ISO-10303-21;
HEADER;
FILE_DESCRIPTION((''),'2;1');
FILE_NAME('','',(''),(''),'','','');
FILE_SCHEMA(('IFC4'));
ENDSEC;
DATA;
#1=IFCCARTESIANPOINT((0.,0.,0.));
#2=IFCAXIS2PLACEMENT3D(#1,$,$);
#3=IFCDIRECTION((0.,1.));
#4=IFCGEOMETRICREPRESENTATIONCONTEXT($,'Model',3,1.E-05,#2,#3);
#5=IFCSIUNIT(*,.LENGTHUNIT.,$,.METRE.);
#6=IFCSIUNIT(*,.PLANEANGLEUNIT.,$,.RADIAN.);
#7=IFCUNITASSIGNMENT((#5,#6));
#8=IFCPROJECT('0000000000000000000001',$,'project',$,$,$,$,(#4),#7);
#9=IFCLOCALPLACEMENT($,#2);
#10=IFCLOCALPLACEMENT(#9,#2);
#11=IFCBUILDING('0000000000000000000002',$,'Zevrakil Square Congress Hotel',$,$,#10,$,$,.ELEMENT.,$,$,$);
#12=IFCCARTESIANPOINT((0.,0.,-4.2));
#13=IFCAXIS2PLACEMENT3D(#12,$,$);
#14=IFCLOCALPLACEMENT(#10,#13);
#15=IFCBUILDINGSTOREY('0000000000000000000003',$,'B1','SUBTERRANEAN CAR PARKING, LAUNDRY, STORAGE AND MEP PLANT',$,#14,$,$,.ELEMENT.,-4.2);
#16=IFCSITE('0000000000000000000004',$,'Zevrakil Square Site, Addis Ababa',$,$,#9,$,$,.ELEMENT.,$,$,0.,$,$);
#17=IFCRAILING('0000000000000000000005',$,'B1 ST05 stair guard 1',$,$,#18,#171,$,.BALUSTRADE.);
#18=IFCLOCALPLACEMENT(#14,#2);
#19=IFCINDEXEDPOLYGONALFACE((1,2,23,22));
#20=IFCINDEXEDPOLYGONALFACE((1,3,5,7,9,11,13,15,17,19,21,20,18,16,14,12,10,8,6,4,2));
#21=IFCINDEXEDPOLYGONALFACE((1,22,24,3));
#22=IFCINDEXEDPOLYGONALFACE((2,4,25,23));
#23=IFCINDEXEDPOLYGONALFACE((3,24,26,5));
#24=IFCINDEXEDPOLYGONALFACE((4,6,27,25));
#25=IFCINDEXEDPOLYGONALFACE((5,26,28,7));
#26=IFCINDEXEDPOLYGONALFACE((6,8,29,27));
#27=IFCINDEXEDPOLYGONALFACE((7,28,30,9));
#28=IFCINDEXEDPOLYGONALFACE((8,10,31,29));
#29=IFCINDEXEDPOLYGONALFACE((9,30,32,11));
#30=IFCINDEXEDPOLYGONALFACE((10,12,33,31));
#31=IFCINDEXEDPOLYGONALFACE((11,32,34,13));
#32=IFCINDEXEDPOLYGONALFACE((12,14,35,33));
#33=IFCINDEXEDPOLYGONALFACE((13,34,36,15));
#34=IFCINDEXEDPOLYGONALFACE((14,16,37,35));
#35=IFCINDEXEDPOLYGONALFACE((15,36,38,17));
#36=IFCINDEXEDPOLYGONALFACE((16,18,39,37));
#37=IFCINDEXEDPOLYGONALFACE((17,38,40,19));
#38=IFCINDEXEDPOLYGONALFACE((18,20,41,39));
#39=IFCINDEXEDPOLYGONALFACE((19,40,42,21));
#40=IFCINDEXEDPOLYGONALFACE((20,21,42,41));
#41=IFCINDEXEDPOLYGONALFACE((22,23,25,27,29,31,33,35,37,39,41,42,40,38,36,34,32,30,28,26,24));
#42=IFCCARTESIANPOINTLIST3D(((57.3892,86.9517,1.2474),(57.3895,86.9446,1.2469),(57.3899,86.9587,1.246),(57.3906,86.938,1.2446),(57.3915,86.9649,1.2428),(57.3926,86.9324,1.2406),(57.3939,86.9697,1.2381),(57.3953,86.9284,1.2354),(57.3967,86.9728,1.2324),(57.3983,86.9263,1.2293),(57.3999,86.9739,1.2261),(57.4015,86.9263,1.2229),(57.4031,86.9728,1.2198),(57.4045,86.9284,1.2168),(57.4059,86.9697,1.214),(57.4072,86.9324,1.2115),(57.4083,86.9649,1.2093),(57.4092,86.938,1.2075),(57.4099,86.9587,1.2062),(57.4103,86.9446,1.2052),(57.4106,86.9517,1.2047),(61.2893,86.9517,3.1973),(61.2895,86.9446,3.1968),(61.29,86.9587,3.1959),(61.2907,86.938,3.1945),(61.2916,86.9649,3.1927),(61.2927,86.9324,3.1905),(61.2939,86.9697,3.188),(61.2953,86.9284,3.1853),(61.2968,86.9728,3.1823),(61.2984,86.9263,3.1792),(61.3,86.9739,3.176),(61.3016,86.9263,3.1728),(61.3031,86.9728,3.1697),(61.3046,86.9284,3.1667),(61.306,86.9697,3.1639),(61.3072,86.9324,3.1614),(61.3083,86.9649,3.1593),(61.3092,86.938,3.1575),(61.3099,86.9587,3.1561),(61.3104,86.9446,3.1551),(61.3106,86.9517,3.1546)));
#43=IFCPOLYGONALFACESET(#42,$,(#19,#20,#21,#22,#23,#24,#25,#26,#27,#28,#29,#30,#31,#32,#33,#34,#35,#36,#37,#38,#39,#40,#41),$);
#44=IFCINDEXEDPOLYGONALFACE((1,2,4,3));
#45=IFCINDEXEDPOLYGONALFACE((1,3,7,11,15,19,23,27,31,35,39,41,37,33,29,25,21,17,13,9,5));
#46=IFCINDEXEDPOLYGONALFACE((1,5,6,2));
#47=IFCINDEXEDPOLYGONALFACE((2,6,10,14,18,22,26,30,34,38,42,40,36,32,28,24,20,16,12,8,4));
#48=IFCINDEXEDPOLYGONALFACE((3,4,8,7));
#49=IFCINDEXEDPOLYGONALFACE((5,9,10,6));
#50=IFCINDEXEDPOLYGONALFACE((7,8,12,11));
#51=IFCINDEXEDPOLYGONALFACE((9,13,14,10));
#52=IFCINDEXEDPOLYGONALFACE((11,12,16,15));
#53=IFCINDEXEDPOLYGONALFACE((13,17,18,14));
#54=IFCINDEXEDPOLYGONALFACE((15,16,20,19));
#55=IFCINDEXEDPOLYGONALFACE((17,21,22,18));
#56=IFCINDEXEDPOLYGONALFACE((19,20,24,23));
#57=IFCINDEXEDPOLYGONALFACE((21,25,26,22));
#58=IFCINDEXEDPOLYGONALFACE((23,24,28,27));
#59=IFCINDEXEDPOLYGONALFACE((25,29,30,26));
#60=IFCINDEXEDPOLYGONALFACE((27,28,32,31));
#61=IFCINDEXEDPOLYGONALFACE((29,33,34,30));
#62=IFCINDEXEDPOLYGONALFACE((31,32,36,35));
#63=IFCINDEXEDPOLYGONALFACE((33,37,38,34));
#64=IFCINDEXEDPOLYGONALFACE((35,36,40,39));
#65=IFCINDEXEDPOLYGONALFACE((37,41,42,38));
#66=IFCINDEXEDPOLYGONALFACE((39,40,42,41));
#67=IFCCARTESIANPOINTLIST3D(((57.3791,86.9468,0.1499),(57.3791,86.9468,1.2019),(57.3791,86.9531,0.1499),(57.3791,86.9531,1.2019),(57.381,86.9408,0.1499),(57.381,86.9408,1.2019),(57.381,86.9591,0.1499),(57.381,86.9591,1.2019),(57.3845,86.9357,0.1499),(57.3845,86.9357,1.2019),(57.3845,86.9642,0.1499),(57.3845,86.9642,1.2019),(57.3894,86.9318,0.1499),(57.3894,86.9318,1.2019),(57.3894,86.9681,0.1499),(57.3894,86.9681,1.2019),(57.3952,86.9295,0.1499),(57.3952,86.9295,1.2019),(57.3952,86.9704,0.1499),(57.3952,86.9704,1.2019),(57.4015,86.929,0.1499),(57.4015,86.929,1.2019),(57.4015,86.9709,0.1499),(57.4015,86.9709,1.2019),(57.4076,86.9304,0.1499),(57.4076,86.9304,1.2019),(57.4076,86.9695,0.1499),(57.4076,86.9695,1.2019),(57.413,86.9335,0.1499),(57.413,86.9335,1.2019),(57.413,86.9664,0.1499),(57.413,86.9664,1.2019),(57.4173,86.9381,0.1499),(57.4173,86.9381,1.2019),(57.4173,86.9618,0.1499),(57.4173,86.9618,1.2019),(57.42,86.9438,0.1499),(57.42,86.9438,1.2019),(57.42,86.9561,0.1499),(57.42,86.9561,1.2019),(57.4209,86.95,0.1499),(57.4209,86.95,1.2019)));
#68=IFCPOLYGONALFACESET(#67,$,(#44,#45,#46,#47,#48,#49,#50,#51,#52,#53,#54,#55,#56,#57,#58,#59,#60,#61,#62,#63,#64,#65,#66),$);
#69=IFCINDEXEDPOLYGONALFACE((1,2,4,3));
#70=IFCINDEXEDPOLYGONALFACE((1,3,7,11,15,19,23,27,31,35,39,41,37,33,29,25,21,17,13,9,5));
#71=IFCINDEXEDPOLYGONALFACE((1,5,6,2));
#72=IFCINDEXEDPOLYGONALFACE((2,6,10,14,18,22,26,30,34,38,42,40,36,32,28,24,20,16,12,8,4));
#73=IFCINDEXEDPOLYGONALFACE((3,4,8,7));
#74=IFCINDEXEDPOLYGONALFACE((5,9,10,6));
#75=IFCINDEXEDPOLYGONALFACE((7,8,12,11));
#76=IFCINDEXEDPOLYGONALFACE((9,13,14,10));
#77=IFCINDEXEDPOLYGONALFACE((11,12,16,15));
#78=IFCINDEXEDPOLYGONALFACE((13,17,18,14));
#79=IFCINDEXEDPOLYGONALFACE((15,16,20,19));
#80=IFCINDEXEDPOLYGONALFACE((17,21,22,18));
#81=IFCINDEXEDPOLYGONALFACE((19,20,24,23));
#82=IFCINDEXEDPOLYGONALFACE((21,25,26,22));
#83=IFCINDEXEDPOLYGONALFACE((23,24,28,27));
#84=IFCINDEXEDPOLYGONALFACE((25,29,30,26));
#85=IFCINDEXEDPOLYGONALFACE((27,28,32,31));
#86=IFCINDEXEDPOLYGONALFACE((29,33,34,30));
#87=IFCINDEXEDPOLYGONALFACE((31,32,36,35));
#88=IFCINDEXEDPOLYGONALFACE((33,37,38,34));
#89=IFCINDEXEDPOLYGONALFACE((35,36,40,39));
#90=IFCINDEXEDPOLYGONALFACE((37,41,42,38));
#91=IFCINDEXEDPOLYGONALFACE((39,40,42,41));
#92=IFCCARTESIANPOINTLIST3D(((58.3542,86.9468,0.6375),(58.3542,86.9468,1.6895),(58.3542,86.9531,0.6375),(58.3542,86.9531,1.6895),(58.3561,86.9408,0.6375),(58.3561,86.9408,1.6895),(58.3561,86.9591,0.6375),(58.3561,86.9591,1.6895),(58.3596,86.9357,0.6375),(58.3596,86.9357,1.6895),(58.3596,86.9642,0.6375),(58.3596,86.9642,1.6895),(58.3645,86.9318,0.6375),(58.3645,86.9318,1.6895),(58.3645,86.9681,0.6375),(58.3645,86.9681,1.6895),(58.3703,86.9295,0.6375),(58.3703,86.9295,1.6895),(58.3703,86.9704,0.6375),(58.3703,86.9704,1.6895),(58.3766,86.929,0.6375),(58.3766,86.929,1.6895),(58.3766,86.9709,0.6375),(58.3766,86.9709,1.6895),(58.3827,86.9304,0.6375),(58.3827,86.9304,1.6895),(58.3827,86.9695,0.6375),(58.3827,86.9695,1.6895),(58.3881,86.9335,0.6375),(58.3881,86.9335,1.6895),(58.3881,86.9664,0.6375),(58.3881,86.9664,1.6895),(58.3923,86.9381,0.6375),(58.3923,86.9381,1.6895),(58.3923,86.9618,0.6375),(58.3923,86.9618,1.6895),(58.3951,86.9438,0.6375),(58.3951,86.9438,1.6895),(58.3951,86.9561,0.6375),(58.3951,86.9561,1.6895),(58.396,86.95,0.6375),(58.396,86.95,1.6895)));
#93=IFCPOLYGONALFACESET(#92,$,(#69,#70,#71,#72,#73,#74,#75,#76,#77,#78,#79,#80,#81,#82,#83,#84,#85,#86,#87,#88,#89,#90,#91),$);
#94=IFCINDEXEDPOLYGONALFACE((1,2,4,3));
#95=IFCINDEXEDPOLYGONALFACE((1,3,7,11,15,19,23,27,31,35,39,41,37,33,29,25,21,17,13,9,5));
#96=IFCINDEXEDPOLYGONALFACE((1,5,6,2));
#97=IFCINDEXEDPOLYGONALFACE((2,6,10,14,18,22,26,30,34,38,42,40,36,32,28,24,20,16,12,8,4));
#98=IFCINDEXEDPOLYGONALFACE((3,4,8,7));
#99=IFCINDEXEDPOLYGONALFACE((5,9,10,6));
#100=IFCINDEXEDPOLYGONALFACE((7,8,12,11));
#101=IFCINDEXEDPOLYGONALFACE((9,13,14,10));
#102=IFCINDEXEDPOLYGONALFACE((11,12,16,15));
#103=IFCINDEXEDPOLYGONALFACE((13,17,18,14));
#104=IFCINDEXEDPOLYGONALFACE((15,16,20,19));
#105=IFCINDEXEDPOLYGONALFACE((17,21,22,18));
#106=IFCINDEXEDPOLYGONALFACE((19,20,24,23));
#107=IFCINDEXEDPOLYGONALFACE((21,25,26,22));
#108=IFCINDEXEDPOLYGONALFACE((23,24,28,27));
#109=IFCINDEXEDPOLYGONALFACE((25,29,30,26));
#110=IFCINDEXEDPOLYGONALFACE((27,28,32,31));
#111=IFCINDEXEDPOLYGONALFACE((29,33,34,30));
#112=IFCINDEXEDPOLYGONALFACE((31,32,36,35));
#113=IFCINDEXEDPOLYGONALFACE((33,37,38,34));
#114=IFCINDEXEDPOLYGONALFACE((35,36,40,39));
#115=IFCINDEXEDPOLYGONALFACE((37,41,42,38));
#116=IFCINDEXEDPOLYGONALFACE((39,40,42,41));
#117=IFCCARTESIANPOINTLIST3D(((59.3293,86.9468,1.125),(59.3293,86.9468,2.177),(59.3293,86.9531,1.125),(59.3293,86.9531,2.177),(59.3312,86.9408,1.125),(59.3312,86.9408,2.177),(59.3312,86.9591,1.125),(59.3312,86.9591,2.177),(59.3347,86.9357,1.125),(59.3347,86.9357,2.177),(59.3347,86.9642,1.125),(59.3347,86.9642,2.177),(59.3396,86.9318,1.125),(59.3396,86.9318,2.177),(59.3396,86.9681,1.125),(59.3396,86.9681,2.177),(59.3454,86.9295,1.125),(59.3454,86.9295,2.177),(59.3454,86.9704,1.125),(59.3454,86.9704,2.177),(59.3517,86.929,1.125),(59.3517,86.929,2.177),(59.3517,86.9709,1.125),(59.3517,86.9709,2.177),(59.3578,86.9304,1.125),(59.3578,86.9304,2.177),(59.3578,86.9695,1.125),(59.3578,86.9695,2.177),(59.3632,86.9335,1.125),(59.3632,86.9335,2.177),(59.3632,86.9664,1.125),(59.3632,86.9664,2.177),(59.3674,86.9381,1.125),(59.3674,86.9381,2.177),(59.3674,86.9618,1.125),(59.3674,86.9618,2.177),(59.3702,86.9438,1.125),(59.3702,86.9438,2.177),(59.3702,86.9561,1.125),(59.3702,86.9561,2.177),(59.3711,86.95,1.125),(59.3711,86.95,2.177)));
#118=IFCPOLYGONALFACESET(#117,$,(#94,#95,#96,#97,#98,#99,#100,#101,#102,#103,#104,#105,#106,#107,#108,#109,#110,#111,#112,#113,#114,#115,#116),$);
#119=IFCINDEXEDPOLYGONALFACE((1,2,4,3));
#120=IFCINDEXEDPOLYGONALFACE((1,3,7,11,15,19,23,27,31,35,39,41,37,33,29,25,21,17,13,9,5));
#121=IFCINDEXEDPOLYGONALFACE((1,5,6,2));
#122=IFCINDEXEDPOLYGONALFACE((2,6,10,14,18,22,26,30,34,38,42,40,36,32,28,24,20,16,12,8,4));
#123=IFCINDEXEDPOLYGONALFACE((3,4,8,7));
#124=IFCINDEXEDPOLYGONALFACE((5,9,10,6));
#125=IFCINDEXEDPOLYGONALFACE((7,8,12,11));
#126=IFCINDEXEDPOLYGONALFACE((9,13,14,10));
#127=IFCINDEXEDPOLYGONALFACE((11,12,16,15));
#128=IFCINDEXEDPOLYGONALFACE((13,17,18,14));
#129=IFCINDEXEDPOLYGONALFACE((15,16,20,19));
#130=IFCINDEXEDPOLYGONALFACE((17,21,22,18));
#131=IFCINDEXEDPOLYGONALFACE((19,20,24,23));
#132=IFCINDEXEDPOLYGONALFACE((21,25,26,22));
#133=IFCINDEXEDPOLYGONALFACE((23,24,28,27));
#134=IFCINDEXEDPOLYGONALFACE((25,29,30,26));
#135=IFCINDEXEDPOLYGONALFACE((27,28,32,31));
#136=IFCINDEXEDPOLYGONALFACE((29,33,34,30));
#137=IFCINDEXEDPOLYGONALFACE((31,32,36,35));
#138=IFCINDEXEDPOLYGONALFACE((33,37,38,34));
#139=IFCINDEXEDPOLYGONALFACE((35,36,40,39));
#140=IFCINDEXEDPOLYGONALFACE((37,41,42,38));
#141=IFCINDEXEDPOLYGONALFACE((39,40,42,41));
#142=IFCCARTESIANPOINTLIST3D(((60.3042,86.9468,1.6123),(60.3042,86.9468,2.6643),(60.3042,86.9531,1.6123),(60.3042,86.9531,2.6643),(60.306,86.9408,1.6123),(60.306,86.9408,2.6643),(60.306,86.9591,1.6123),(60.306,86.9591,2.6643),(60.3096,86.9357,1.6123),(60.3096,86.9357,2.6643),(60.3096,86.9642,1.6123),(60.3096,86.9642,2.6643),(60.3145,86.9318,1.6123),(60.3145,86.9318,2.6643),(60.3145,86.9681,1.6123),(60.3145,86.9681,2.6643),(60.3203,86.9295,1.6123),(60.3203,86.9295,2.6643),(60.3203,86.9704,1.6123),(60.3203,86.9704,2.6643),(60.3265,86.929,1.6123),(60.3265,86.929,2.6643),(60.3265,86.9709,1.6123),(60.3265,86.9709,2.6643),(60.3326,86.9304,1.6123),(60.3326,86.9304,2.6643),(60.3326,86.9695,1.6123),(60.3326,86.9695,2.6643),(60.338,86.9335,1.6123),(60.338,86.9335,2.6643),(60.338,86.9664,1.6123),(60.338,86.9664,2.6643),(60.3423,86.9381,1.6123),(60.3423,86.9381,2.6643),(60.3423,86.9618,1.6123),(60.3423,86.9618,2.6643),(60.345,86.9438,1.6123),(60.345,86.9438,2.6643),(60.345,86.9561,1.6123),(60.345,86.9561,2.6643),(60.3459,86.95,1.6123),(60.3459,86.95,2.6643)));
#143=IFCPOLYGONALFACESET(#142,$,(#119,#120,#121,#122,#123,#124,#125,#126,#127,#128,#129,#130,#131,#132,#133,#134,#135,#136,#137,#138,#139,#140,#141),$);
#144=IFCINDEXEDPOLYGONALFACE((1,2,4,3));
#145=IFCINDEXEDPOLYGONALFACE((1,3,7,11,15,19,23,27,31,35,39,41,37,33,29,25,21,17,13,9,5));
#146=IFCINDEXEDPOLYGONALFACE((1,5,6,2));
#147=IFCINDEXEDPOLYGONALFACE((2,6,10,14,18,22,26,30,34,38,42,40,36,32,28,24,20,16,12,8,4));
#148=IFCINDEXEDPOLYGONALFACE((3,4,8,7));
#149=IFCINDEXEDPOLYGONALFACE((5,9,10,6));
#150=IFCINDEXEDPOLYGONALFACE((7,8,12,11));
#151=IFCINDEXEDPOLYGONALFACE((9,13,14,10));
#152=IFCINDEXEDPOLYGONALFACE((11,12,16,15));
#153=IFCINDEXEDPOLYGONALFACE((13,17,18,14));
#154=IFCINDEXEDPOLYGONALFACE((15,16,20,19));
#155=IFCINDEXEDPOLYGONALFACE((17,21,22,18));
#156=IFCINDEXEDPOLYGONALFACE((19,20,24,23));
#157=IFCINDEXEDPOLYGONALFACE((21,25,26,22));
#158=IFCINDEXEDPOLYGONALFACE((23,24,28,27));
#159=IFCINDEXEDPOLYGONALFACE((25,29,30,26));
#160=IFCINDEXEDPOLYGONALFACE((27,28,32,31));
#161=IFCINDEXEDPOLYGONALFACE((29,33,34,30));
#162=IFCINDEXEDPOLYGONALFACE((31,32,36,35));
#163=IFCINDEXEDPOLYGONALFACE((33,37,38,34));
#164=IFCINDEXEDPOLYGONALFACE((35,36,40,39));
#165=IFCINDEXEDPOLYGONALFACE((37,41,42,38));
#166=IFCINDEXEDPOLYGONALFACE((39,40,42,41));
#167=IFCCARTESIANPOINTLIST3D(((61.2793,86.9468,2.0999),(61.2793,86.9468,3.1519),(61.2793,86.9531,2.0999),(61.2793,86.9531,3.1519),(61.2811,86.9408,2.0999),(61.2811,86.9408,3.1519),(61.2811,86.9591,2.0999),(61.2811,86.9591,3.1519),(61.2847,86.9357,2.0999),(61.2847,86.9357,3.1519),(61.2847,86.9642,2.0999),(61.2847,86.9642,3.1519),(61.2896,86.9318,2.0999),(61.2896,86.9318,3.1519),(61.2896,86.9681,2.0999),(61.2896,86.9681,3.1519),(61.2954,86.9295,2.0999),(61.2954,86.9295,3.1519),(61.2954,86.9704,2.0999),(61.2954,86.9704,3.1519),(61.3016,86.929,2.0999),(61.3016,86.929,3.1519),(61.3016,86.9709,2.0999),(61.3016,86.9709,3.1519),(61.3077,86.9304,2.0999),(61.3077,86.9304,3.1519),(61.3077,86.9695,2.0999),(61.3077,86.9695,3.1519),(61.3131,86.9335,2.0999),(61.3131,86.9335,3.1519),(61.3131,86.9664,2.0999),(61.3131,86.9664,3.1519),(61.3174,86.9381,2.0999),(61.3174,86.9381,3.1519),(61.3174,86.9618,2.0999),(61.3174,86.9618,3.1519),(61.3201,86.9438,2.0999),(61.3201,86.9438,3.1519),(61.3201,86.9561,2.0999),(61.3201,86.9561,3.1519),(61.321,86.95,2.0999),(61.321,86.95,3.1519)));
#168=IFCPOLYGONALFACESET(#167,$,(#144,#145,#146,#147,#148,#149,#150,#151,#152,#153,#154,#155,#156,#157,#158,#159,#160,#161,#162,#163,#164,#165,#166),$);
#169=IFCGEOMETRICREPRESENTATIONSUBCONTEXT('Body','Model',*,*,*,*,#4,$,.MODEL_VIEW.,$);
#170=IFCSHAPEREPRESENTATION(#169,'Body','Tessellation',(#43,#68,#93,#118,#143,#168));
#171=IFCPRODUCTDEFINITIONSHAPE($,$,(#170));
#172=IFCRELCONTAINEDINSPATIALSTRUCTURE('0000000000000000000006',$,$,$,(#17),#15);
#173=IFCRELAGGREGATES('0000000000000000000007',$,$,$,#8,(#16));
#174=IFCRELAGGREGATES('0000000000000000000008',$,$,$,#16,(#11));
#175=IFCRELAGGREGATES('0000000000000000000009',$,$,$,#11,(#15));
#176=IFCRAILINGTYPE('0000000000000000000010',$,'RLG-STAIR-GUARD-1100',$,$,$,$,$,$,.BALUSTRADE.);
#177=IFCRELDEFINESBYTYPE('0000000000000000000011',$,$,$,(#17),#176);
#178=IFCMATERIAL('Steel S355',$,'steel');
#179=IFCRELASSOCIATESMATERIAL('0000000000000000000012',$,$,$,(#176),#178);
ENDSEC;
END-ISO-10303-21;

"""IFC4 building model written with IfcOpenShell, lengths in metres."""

from ifc_helpers import new_model, si_unit, direction, frame, origin, origin_2d, place, context, subcontext, project, spatial, circle, extrude, material, type_object, element, save


model = new_model("IFC4")

# Units and contexts
model_context = context("Model", 3, precision=1e-05, world=origin(), true_north=direction((0.0, 1.0)))
body_context = subcontext(model_context, "Body", "Model", "MODEL_VIEW")
ifc_project = project(units=[si_unit("LENGTHUNIT", "METRE"), si_unit("PLANEANGLEUNIT", "RADIAN")], contexts=[model_context])

# Site, building, storey
site_placement = place(None, origin())
site = spatial("IfcSite", under=ifc_project, at=site_placement, Name="Zevrakil Square Site, Addis Ababa", CompositionType="ELEMENT", RefElevation=0.0)
building_placement = place(site_placement, origin())
building = spatial("IfcBuilding", under=site, at=building_placement, Name="Zevrakil Square Congress Hotel", CompositionType="ELEMENT")
storey_placement = place(building_placement, frame((0.0, 0.0, -4.2)))
storey = spatial("IfcBuildingStorey", under=building, at=storey_placement, Name="B1", Description="SUBTERRANEAN CAR PARKING, LAUNDRY, STORAGE AND MEP PLANT", CompositionType="ELEMENT", Elevation=-4.2)

# Railing
ifc_material_1 = material(Name="Steel S355", Category="steel")
railing_type_1 = type_object("IfcRailingType", Name="RLG-STAIR-GUARD-1100", PredefinedType="BALUSTRADE", material=ifc_material_1)
railing_1_placement = place(storey_placement, frame((57.3999, 86.95, 0.1499)))
element("IfcRailing", 1, at=railing_1_placement, inside=storey, type_object=railing_type_1, Name="B1 ST05 stair guard 1", PredefinedType="BALUSTRADE", context=body_context, shape_type="SweptSolid", body=[
    extrude(circle(Radius=0.0239, at=origin_2d()), frame((0.0, 0.0, 1.0762), z_axis=(0.894438, 0.0, 0.447191), x_axis=(0.0, 1.0, 0.0)), (0.0, 0.0, 1.0), 4.3604),
    extrude(circle(Radius=0.021, at=origin_2d()), origin(), (0.0, 0.0, 1.0), 1.052),
    extrude(circle(Radius=0.021, at=origin_2d()), frame((0.9751, 0.0, 0.4875)), (0.0, 0.0, 1.0), 1.052),
    extrude(circle(Radius=0.021, at=origin_2d()), frame((1.9502, 0.0, 0.9751)), (0.0, 0.0, 1.0), 1.052),
    extrude(circle(Radius=0.021, at=origin_2d()), frame((2.925, 0.0, 1.4624)), (0.0, 0.0, 1.0), 1.052),
    extrude(circle(Radius=0.021, at=origin_2d()), frame((3.9001, 0.0, 1.95)), (0.0, 0.0, 1.0), 1.052),
])

save(model, "model.ifc")
